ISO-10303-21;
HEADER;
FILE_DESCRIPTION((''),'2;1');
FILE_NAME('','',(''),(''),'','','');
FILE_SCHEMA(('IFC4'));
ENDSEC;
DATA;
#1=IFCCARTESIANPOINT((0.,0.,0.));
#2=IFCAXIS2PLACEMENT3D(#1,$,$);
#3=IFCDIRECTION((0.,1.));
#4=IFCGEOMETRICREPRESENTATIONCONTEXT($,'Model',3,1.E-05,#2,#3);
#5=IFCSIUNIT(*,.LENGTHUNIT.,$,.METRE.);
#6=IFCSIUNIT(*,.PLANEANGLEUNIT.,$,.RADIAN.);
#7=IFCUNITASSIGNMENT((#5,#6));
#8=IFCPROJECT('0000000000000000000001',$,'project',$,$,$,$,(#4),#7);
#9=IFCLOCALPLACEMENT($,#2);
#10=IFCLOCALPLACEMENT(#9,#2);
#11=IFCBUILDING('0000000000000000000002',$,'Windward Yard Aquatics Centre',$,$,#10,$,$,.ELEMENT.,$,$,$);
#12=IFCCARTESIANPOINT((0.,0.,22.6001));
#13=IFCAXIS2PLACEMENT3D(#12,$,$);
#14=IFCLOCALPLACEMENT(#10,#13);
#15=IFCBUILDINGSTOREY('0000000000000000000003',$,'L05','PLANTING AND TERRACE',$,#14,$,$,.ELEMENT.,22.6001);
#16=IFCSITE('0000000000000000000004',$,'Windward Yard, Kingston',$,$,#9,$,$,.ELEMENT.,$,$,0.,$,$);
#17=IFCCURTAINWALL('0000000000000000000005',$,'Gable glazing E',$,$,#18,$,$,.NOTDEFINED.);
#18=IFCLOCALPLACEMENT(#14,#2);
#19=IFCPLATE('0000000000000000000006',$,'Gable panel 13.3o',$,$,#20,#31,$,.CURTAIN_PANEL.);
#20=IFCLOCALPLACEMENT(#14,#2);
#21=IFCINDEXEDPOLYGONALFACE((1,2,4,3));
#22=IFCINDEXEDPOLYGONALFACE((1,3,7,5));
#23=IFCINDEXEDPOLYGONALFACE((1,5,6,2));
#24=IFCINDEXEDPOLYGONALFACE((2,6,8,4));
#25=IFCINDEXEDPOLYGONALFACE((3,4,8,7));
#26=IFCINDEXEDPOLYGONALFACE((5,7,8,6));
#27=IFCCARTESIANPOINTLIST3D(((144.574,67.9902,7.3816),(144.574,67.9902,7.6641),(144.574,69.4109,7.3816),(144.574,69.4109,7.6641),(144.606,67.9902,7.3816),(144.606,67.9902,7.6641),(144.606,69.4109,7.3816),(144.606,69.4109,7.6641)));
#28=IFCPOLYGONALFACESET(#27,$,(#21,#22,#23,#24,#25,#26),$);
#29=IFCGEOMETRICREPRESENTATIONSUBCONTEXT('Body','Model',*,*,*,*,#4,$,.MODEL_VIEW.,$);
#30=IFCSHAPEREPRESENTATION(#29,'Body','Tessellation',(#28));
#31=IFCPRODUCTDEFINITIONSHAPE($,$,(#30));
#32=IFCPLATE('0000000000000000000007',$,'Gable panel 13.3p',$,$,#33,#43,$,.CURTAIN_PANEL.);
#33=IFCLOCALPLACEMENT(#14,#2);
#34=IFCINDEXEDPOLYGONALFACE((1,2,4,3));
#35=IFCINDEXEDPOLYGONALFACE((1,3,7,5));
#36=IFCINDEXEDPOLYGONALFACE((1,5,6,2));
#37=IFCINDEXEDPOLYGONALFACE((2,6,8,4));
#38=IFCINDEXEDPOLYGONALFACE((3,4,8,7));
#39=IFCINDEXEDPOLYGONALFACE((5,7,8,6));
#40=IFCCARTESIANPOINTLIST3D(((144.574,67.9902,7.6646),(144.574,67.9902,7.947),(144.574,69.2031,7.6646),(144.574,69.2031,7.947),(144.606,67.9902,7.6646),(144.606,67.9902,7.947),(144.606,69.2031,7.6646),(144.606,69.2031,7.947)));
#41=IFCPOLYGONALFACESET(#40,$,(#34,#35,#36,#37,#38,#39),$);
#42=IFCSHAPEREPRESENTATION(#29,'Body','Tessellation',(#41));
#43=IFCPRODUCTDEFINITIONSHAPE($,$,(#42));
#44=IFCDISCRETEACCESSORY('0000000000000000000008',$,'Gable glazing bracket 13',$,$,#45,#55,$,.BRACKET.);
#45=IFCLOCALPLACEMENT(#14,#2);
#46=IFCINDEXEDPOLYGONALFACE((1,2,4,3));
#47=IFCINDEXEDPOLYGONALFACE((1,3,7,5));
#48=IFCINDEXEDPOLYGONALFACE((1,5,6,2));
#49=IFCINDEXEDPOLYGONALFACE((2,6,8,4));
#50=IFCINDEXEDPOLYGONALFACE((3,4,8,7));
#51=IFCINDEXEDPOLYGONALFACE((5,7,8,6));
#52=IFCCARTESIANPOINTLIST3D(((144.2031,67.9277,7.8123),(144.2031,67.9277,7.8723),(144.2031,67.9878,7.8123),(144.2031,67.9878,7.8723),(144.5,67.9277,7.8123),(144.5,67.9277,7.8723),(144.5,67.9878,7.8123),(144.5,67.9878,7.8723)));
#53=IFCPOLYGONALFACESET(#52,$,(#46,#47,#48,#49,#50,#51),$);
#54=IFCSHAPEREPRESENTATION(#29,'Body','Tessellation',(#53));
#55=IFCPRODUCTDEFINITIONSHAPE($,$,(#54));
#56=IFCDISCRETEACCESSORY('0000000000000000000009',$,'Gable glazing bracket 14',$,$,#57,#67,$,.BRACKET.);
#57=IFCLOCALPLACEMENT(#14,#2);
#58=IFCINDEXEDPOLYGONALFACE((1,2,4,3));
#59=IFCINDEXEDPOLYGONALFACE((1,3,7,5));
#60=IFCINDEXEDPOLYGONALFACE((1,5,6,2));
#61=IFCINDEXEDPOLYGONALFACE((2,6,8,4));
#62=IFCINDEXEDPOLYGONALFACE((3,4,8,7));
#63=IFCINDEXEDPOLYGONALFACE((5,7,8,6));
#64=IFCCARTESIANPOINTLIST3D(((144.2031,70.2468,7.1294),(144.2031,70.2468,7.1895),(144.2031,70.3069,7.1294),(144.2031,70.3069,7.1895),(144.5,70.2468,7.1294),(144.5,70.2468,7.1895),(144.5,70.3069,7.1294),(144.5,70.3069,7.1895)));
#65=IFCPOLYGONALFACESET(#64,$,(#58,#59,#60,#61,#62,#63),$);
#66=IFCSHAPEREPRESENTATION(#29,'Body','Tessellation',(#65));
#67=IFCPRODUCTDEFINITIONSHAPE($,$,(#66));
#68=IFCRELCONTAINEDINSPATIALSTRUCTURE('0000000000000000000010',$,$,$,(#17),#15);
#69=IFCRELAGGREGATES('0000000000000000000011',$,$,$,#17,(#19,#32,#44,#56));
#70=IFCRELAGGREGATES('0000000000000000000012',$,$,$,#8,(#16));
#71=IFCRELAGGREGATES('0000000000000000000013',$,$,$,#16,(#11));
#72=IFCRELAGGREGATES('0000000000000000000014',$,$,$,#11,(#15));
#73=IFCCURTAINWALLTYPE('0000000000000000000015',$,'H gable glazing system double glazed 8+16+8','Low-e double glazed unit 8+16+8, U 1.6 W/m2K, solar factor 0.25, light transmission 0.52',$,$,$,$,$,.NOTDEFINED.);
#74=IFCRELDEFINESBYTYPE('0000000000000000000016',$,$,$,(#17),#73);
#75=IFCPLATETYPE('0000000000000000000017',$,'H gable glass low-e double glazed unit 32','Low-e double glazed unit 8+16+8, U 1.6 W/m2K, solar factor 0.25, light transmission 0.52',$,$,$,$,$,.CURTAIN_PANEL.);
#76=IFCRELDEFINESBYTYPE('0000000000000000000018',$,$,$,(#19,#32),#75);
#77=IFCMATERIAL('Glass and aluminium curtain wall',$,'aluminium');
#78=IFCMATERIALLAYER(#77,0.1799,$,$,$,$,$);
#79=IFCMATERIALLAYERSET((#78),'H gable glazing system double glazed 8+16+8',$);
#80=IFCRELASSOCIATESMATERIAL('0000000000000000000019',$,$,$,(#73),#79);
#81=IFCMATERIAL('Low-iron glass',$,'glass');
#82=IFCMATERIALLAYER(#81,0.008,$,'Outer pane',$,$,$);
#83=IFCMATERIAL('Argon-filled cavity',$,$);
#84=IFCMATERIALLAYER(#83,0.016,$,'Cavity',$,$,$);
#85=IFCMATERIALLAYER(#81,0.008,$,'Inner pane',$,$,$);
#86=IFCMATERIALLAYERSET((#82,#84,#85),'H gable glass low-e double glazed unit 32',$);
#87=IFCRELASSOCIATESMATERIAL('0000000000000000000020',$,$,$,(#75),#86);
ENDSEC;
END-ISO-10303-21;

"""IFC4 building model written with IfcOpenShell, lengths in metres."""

from ifc_helpers import new_model, si_unit, direction, frame, origin, origin_2d, place, context, subcontext, project, spatial, polyline, rectangle, outline, extrude, material, layer, layer_set, type_object, element, aggregate, save


model = new_model("IFC4")

# Units and contexts
model_context = context("Model", 3, precision=1e-05, world=origin(), true_north=direction((0.0, 1.0)))
body_context = subcontext(model_context, "Body", "Model", "MODEL_VIEW")
ifc_project = project(units=[si_unit("LENGTHUNIT", "METRE"), si_unit("PLANEANGLEUNIT", "RADIAN")], contexts=[model_context])

# Site, building, storey
site_placement = place(None, origin())
site = spatial("IfcSite", under=ifc_project, at=site_placement, Name="Windward Yard, Kingston", CompositionType="ELEMENT", RefElevation=0.0)
building_placement = place(site_placement, origin())
building = spatial("IfcBuilding", under=site, at=building_placement, Name="Windward Yard Aquatics Centre", CompositionType="ELEMENT")
storey_placement = place(building_placement, frame((0.0, 0.0, 22.6001)))
storey = spatial("IfcBuildingStorey", under=building, at=storey_placement, Name="L05", Description="PLANTING AND TERRACE", CompositionType="ELEMENT", Elevation=22.6001)

# Curtain wall, plates, discrete accessories
ifc_material_1 = material(Name="Glass and aluminium curtain wall", Category="aluminium")
ifc_layer_1 = layer(ifc_material_1, 0.1799)
ifc_layer_set_1 = layer_set([ifc_layer_1], Name="H gable glazing system double glazed 8+16+8")
curtain_wall_type = type_object("IfcCurtainWallType", Name="H gable glazing system double glazed 8+16+8", Description="Low-e double glazed unit 8+16+8, U 1.6 W/m2K, solar factor 0.25, light transmission 0.52", PredefinedType="NOTDEFINED", material=ifc_layer_set_1)
curtain_wall_placement = place(storey_placement, origin())
curtain_wall = element("IfcCurtainWall", 1, at=curtain_wall_placement, inside=storey, type_object=curtain_wall_type, Name="Gable glazing E", PredefinedType="NOTDEFINED")
ifc_material_2 = material(Name="Low-iron glass", Category="glass")
ifc_layer_2 = layer(ifc_material_2, 0.008, Name="Outer pane")
ifc_material_3 = material(Name="Argon-filled cavity")
ifc_layer_3 = layer(ifc_material_3, 0.016, Name="Cavity")
ifc_layer_4 = layer(ifc_material_2, 0.008, Name="Inner pane")
ifc_layer_set_2 = layer_set([ifc_layer_2, ifc_layer_3, ifc_layer_4], Name="H gable glass low-e double glazed unit 32")
plate_type = type_object("IfcPlateType", Name="H gable glass low-e double glazed unit 32", Description="Low-e double glazed unit 8+16+8, U 1.6 W/m2K, solar factor 0.25, light transmission 0.52", PredefinedType="CURTAIN_PANEL", material=ifc_layer_set_2)
plate_1_placement = place(storey_placement, frame((144.606, 67.9902, 7.3816), z_axis=(1.0, 0.0, 0.0), x_axis=(0.0, 1.0, 0.0)))
plate_1 = element("IfcPlate", 2, at=plate_1_placement, type_object=plate_type, Name="Gable panel 13.3o", PredefinedType="CURTAIN_PANEL", context=body_context, shape_type="SweptSolid", body=[
    extrude(outline(polyline([(0.0, 0.0), (1.4207, 0.0), (1.4207, 0.2825), (0.0, 0.2825), (0.0, 0.0)])), origin(), (0.0, 0.0, -1.0), 0.032),
])
plate_2_placement = place(storey_placement, frame((144.606, 67.9902, 7.6646), z_axis=(1.0, 0.0, 0.0), x_axis=(0.0, 1.0, 0.0)))
plate_2 = element("IfcPlate", 3, at=plate_2_placement, type_object=plate_type, Name="Gable panel 13.3p", PredefinedType="CURTAIN_PANEL", context=body_context, shape_type="SweptSolid", body=[
    extrude(outline(polyline([(0.0, 0.0), (1.2129, 0.0), (1.2129, 0.2825), (0.0, 0.2825), (0.0, 0.0)])), origin(), (0.0, 0.0, -1.0), 0.032),
])
discrete_accessory_1_placement = place(storey_placement, frame((144.2031, 67.9578, 7.8423), z_axis=(1.0, 0.0, 0.0), x_axis=(0.0, 1.0, 0.0)))
discrete_accessory_1 = element("IfcDiscreteAccessory", 4, at=discrete_accessory_1_placement, Name="Gable glazing bracket 13", PredefinedType="BRACKET", context=body_context, shape_type="SweptSolid", body=[
    extrude(rectangle(XDim=0.0601, YDim=0.0601, at=origin_2d()), origin(), (0.0, 0.0, 1.0), 0.2969),
])
discrete_accessory_2_placement = place(storey_placement, frame((144.2031, 70.2769, 7.1594), z_axis=(1.0, 0.0, 0.0), x_axis=(0.0, 1.0, 0.0)))
discrete_accessory_2 = element("IfcDiscreteAccessory", 5, at=discrete_accessory_2_placement, Name="Gable glazing bracket 14", PredefinedType="BRACKET", context=body_context, shape_type="SweptSolid", body=[
    extrude(rectangle(XDim=0.0601, YDim=0.0601, at=origin_2d()), origin(), (0.0, 0.0, 1.0), 0.2969),
])
aggregate(curtain_wall, [plate_1, plate_2, discrete_accessory_1, discrete_accessory_2])

save(model, "model.ifc")
